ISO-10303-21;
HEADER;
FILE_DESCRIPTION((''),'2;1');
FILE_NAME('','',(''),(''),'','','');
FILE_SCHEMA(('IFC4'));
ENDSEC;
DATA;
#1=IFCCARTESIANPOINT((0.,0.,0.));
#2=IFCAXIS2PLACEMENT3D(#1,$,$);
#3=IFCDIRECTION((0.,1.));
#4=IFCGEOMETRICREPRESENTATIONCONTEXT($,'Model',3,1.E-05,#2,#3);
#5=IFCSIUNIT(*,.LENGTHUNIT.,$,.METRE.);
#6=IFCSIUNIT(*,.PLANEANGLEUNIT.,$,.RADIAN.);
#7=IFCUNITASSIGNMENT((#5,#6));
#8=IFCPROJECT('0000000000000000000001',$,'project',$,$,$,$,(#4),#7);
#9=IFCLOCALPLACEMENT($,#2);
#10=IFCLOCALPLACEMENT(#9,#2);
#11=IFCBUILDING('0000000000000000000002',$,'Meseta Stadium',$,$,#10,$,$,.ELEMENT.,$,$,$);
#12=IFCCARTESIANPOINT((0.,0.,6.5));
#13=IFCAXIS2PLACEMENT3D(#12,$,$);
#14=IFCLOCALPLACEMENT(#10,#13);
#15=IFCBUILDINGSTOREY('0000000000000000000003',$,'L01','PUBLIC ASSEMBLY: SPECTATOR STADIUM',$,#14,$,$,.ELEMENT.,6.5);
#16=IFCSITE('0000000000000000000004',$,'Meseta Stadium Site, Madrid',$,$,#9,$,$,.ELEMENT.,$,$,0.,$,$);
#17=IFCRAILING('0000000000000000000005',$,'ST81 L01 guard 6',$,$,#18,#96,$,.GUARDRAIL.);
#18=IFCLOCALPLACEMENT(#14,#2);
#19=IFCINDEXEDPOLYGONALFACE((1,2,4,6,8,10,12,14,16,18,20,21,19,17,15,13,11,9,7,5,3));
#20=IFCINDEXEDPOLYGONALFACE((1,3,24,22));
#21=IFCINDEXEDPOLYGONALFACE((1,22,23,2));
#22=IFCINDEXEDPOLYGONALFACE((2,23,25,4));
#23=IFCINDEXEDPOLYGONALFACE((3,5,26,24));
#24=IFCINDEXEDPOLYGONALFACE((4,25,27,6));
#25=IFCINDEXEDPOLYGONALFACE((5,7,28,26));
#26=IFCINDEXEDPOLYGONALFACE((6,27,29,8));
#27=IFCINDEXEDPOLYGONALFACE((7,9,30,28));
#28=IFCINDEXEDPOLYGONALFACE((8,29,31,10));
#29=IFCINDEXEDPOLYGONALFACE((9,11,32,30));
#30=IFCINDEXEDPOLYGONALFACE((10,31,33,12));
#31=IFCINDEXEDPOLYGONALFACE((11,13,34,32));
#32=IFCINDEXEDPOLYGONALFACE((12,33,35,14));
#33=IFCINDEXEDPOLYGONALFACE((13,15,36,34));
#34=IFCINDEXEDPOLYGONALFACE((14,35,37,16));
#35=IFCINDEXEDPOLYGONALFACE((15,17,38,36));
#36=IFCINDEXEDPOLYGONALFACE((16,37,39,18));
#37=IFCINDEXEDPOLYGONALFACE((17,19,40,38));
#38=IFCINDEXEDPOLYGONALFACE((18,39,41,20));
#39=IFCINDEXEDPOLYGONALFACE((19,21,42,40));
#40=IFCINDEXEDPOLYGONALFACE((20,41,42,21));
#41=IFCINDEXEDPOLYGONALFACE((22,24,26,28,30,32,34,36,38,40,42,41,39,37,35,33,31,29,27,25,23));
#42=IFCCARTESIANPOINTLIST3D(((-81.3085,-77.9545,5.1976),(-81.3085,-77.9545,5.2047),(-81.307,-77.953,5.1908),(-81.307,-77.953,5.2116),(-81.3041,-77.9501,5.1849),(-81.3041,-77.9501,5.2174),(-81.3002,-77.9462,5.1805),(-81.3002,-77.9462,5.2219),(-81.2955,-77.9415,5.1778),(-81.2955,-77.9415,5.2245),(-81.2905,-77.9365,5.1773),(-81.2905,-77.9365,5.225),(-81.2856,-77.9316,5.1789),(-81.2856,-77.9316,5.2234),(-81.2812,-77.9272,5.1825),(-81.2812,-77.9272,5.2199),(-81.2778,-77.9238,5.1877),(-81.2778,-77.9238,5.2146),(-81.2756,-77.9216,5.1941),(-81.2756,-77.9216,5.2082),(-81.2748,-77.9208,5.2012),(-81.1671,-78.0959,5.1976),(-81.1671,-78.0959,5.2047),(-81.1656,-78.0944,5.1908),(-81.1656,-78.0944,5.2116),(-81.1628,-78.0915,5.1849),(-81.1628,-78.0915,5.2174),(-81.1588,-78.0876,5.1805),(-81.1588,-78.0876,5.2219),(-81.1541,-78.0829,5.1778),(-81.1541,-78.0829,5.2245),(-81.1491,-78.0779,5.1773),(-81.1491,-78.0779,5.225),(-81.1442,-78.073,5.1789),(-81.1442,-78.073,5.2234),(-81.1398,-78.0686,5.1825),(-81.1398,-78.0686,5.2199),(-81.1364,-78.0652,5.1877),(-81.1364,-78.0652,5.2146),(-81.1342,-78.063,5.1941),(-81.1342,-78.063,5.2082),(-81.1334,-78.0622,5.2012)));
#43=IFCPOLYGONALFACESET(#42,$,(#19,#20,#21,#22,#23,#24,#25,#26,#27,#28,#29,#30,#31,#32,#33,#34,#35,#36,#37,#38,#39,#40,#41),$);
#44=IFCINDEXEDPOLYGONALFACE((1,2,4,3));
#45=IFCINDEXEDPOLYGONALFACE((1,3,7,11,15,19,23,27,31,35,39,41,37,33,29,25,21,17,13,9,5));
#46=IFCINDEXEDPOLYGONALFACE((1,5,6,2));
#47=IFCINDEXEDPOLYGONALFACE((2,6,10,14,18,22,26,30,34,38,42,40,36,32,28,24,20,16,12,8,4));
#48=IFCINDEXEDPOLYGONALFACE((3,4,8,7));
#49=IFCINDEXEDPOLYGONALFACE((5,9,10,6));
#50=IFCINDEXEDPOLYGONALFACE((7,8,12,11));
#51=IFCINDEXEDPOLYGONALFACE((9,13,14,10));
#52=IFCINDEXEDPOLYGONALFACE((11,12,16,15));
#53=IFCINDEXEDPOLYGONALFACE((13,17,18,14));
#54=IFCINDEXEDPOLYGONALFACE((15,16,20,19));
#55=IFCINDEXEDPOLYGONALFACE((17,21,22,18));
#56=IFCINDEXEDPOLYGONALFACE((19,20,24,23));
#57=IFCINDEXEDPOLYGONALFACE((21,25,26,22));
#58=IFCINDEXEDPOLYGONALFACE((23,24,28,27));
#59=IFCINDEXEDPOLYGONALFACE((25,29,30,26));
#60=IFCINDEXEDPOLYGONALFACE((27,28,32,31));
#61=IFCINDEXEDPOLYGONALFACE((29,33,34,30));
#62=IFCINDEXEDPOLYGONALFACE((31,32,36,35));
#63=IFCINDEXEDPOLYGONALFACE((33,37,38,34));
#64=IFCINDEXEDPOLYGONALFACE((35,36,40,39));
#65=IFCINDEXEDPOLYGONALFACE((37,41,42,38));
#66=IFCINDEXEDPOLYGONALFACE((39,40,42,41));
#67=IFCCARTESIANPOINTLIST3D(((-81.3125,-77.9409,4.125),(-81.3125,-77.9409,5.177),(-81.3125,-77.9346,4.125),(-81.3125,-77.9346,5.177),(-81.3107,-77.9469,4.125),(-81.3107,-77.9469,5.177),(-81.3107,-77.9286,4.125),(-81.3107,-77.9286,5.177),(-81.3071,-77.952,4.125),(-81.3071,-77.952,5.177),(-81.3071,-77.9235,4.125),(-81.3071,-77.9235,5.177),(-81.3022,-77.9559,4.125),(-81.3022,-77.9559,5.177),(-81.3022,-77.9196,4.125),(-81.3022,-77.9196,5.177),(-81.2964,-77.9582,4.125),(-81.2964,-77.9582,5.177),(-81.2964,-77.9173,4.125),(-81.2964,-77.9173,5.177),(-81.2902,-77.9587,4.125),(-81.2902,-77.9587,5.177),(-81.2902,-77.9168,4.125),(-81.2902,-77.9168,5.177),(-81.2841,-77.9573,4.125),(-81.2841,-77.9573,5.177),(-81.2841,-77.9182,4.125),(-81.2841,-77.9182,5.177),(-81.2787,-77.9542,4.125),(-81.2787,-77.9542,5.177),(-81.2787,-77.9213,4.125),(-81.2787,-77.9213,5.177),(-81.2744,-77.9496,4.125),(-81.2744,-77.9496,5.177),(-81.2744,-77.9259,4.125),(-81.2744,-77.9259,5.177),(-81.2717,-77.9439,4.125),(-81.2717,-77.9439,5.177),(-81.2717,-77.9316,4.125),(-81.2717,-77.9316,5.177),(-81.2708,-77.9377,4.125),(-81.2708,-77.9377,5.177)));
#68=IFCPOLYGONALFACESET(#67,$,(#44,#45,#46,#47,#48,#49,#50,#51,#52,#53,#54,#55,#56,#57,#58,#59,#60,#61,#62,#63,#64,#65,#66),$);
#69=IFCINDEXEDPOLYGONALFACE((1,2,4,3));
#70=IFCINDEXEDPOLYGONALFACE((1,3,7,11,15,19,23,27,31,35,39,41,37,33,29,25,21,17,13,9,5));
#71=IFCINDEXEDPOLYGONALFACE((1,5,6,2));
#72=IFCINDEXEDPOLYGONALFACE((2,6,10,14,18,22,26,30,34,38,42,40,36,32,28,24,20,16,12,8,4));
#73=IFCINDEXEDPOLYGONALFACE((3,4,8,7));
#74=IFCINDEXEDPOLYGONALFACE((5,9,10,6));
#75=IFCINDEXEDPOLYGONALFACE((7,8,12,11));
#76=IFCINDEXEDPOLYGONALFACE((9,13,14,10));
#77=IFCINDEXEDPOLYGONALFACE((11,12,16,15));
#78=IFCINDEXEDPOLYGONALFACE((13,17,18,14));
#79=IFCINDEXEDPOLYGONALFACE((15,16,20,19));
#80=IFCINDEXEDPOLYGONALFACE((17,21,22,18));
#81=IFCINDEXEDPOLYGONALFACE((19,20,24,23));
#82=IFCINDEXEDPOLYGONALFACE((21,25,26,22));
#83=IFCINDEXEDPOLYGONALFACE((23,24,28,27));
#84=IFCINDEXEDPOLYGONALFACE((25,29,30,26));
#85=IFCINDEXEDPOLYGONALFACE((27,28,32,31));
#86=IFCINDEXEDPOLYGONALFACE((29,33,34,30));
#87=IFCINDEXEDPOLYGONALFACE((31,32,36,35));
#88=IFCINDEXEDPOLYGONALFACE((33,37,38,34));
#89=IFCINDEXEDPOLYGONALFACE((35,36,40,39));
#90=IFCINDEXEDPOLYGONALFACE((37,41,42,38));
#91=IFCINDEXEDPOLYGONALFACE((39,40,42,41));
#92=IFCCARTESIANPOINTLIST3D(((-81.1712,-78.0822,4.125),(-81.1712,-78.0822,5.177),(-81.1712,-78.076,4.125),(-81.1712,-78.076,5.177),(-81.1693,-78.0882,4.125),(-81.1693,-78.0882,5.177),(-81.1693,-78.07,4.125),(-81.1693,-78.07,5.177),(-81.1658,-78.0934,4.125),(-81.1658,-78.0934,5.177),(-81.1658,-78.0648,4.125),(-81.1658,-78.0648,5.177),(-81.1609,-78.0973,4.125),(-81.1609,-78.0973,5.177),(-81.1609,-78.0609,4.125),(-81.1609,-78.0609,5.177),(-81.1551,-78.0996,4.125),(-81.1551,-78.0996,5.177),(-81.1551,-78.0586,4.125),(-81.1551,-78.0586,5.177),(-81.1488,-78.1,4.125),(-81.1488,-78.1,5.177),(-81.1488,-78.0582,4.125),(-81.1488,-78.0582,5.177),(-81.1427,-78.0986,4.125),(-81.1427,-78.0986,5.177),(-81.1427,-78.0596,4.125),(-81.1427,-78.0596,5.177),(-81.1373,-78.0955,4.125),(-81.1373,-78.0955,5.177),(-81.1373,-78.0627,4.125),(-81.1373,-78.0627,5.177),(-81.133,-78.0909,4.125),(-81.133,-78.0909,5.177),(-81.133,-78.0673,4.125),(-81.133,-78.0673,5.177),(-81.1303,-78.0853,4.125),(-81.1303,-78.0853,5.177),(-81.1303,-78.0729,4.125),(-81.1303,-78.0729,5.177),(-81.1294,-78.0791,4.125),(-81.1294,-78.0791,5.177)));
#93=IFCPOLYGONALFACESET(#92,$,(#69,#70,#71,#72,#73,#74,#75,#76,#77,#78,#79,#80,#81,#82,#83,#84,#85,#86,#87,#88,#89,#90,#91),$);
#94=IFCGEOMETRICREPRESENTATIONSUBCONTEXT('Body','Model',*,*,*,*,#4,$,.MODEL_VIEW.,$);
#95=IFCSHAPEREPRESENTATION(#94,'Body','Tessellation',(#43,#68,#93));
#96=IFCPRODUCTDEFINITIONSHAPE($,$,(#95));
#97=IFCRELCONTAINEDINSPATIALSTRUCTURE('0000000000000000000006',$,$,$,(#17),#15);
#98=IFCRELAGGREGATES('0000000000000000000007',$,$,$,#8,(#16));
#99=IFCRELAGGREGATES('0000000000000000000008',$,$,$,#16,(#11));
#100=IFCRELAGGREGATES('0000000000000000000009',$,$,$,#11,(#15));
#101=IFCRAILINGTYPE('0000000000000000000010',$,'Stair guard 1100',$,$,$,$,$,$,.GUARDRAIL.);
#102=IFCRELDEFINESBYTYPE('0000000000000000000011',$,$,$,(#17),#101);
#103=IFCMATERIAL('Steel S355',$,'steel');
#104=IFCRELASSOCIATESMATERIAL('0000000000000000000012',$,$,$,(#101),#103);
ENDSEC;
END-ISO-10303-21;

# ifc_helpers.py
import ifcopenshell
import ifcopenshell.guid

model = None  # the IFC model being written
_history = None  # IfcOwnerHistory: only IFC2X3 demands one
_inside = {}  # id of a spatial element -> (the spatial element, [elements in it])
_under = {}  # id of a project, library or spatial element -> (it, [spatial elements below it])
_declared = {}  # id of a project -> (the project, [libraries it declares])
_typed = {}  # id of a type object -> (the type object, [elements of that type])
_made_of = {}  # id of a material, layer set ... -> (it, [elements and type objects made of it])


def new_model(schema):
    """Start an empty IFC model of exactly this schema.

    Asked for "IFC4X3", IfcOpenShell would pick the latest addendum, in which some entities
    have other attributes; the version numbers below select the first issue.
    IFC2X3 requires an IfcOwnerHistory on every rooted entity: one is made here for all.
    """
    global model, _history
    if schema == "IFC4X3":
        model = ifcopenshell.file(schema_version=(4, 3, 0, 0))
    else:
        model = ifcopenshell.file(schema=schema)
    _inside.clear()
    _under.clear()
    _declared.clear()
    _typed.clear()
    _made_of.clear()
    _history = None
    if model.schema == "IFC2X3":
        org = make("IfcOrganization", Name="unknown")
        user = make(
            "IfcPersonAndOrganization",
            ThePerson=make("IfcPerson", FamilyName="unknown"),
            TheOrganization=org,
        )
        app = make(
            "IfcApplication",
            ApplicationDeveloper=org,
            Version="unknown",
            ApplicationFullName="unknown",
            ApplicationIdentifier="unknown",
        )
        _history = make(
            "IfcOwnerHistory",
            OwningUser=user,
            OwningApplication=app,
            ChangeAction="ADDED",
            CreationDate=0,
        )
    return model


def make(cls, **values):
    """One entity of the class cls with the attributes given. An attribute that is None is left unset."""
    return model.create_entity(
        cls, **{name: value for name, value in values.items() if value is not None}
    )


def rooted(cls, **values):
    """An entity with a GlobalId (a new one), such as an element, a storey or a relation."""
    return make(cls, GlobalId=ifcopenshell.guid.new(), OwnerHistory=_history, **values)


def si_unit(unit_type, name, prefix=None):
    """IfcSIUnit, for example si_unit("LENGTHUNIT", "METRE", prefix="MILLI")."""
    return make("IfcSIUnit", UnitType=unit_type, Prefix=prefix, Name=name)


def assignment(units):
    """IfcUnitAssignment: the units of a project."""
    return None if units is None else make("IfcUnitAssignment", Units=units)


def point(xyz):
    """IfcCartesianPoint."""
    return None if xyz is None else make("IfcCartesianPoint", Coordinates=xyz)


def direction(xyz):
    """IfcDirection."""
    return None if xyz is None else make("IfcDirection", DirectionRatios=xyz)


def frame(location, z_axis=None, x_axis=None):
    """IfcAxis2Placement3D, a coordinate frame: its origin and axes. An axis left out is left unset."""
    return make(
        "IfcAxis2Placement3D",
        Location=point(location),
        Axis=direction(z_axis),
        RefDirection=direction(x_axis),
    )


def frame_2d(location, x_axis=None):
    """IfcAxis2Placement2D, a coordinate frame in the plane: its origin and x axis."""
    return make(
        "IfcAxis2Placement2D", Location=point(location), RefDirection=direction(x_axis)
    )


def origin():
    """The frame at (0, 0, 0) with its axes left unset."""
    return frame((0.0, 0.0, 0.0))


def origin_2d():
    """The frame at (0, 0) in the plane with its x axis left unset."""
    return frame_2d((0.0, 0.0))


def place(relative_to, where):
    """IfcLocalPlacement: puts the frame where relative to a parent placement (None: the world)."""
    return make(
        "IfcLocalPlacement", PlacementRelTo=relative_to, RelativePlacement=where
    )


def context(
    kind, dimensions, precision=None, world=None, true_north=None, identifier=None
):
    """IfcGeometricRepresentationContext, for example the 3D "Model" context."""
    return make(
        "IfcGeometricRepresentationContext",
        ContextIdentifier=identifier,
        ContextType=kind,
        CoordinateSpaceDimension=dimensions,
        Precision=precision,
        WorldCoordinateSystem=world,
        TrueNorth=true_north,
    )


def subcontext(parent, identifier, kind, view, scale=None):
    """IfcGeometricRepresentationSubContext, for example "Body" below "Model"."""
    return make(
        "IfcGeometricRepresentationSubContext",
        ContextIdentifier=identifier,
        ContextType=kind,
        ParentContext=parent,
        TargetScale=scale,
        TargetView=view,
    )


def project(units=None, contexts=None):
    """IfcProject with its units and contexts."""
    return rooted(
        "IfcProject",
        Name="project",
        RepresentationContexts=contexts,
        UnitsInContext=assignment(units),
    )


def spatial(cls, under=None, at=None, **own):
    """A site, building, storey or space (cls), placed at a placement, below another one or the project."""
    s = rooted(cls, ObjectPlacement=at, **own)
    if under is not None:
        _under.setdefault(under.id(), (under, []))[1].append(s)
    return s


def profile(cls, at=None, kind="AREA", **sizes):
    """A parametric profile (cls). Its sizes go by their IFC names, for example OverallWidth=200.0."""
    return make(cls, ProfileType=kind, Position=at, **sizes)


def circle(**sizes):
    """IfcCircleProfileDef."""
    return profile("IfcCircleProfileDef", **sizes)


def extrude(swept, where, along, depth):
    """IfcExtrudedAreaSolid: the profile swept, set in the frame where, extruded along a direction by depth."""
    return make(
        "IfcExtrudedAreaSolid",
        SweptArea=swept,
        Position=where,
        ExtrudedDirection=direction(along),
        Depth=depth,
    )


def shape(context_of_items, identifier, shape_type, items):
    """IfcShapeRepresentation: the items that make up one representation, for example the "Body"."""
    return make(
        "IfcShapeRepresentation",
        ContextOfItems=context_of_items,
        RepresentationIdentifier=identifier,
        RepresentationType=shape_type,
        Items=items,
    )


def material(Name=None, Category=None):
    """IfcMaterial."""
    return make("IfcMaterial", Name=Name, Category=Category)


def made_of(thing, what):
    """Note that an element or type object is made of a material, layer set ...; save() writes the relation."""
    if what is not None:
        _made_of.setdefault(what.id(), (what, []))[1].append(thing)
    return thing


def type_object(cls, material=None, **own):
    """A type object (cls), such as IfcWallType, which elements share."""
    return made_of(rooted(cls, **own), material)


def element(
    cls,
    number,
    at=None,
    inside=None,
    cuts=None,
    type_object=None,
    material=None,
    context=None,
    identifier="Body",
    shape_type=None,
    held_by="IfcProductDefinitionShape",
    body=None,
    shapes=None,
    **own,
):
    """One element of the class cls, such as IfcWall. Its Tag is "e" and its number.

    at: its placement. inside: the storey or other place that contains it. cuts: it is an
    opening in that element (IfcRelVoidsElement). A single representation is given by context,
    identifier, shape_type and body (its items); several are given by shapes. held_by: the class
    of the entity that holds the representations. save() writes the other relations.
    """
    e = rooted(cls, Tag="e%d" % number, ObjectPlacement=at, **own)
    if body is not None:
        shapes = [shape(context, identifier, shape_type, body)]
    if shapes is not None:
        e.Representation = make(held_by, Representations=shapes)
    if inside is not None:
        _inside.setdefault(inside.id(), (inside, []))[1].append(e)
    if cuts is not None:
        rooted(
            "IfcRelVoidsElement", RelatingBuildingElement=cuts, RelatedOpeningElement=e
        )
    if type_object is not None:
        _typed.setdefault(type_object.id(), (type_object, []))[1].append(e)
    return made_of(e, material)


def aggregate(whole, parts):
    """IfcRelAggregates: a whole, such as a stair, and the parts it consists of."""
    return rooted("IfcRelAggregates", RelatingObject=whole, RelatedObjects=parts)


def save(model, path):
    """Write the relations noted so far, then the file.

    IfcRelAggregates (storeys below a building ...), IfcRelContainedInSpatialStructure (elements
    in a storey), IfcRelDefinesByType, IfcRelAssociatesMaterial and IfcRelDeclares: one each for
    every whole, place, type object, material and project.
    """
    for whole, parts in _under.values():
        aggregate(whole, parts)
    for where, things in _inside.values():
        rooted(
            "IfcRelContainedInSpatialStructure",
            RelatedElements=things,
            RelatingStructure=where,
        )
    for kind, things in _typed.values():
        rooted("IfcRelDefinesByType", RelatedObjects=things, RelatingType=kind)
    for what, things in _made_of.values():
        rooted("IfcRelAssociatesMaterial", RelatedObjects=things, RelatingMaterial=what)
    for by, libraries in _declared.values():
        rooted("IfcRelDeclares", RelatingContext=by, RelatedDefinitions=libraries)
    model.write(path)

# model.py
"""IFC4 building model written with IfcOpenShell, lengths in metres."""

from ifc_helpers import new_model, si_unit, direction, frame, origin, origin_2d, place, context, subcontext, project, spatial, circle, extrude, material, type_object, element, save


model = new_model("IFC4")

# Units and contexts
model_context = context("Model", 3, precision=1e-05, world=origin(), true_north=direction((0.0, 1.0)))
body_context = subcontext(model_context, "Body", "Model", "MODEL_VIEW")
ifc_project = project(units=[si_unit("LENGTHUNIT", "METRE"), si_unit("PLANEANGLEUNIT", "RADIAN")], contexts=[model_context])

# Site, building, storey
site_placement = place(None, origin())
site = spatial("IfcSite", under=ifc_project, at=site_placement, Name="Meseta Stadium Site, Madrid", CompositionType="ELEMENT", RefElevation=0.0)
building_placement = place(site_placement, origin())
building = spatial("IfcBuilding", under=site, at=building_placement, Name="Meseta Stadium", CompositionType="ELEMENT")
storey_placement = place(building_placement, frame((0.0, 0.0, 6.5)))
storey = spatial("IfcBuildingStorey", under=building, at=storey_placement, Name="L01", Description="PUBLIC ASSEMBLY: SPECTATOR STADIUM", CompositionType="ELEMENT", Elevation=6.5)

# Railing
ifc_material_1 = material(Name="Steel S355", Category="steel")
railing_type_1 = type_object("IfcRailingType", Name="Stair guard 1100", PredefinedType="GUARDRAIL", material=ifc_material_1)
railing_1_placement = place(storey_placement, frame((-81.2917, -77.9377, 4.125)))
element("IfcRailing", 1, at=railing_1_placement, inside=storey, type_object=railing_type_1, Name="ST81 L01 guard 6", PredefinedType="GUARDRAIL", context=body_context, shape_type="SweptSolid", body=[
    extrude(circle(Radius=0.0239, at=origin_2d()), frame((0.0, 0.0, 1.0762), z_axis=(0.707107, -0.707107, 0.0), x_axis=(0.707107, 0.707107, 0.0)), (0.0, 0.0, 1.0), 0.2),
    extrude(circle(Radius=0.021, at=origin_2d()), origin(), (0.0, 0.0, 1.0), 1.052),
    extrude(circle(Radius=0.021, at=origin_2d()), frame((0.1414, -0.1414, 0.0)), (0.0, 0.0, 1.0), 1.052),
])

save(model, "model.ifc")
